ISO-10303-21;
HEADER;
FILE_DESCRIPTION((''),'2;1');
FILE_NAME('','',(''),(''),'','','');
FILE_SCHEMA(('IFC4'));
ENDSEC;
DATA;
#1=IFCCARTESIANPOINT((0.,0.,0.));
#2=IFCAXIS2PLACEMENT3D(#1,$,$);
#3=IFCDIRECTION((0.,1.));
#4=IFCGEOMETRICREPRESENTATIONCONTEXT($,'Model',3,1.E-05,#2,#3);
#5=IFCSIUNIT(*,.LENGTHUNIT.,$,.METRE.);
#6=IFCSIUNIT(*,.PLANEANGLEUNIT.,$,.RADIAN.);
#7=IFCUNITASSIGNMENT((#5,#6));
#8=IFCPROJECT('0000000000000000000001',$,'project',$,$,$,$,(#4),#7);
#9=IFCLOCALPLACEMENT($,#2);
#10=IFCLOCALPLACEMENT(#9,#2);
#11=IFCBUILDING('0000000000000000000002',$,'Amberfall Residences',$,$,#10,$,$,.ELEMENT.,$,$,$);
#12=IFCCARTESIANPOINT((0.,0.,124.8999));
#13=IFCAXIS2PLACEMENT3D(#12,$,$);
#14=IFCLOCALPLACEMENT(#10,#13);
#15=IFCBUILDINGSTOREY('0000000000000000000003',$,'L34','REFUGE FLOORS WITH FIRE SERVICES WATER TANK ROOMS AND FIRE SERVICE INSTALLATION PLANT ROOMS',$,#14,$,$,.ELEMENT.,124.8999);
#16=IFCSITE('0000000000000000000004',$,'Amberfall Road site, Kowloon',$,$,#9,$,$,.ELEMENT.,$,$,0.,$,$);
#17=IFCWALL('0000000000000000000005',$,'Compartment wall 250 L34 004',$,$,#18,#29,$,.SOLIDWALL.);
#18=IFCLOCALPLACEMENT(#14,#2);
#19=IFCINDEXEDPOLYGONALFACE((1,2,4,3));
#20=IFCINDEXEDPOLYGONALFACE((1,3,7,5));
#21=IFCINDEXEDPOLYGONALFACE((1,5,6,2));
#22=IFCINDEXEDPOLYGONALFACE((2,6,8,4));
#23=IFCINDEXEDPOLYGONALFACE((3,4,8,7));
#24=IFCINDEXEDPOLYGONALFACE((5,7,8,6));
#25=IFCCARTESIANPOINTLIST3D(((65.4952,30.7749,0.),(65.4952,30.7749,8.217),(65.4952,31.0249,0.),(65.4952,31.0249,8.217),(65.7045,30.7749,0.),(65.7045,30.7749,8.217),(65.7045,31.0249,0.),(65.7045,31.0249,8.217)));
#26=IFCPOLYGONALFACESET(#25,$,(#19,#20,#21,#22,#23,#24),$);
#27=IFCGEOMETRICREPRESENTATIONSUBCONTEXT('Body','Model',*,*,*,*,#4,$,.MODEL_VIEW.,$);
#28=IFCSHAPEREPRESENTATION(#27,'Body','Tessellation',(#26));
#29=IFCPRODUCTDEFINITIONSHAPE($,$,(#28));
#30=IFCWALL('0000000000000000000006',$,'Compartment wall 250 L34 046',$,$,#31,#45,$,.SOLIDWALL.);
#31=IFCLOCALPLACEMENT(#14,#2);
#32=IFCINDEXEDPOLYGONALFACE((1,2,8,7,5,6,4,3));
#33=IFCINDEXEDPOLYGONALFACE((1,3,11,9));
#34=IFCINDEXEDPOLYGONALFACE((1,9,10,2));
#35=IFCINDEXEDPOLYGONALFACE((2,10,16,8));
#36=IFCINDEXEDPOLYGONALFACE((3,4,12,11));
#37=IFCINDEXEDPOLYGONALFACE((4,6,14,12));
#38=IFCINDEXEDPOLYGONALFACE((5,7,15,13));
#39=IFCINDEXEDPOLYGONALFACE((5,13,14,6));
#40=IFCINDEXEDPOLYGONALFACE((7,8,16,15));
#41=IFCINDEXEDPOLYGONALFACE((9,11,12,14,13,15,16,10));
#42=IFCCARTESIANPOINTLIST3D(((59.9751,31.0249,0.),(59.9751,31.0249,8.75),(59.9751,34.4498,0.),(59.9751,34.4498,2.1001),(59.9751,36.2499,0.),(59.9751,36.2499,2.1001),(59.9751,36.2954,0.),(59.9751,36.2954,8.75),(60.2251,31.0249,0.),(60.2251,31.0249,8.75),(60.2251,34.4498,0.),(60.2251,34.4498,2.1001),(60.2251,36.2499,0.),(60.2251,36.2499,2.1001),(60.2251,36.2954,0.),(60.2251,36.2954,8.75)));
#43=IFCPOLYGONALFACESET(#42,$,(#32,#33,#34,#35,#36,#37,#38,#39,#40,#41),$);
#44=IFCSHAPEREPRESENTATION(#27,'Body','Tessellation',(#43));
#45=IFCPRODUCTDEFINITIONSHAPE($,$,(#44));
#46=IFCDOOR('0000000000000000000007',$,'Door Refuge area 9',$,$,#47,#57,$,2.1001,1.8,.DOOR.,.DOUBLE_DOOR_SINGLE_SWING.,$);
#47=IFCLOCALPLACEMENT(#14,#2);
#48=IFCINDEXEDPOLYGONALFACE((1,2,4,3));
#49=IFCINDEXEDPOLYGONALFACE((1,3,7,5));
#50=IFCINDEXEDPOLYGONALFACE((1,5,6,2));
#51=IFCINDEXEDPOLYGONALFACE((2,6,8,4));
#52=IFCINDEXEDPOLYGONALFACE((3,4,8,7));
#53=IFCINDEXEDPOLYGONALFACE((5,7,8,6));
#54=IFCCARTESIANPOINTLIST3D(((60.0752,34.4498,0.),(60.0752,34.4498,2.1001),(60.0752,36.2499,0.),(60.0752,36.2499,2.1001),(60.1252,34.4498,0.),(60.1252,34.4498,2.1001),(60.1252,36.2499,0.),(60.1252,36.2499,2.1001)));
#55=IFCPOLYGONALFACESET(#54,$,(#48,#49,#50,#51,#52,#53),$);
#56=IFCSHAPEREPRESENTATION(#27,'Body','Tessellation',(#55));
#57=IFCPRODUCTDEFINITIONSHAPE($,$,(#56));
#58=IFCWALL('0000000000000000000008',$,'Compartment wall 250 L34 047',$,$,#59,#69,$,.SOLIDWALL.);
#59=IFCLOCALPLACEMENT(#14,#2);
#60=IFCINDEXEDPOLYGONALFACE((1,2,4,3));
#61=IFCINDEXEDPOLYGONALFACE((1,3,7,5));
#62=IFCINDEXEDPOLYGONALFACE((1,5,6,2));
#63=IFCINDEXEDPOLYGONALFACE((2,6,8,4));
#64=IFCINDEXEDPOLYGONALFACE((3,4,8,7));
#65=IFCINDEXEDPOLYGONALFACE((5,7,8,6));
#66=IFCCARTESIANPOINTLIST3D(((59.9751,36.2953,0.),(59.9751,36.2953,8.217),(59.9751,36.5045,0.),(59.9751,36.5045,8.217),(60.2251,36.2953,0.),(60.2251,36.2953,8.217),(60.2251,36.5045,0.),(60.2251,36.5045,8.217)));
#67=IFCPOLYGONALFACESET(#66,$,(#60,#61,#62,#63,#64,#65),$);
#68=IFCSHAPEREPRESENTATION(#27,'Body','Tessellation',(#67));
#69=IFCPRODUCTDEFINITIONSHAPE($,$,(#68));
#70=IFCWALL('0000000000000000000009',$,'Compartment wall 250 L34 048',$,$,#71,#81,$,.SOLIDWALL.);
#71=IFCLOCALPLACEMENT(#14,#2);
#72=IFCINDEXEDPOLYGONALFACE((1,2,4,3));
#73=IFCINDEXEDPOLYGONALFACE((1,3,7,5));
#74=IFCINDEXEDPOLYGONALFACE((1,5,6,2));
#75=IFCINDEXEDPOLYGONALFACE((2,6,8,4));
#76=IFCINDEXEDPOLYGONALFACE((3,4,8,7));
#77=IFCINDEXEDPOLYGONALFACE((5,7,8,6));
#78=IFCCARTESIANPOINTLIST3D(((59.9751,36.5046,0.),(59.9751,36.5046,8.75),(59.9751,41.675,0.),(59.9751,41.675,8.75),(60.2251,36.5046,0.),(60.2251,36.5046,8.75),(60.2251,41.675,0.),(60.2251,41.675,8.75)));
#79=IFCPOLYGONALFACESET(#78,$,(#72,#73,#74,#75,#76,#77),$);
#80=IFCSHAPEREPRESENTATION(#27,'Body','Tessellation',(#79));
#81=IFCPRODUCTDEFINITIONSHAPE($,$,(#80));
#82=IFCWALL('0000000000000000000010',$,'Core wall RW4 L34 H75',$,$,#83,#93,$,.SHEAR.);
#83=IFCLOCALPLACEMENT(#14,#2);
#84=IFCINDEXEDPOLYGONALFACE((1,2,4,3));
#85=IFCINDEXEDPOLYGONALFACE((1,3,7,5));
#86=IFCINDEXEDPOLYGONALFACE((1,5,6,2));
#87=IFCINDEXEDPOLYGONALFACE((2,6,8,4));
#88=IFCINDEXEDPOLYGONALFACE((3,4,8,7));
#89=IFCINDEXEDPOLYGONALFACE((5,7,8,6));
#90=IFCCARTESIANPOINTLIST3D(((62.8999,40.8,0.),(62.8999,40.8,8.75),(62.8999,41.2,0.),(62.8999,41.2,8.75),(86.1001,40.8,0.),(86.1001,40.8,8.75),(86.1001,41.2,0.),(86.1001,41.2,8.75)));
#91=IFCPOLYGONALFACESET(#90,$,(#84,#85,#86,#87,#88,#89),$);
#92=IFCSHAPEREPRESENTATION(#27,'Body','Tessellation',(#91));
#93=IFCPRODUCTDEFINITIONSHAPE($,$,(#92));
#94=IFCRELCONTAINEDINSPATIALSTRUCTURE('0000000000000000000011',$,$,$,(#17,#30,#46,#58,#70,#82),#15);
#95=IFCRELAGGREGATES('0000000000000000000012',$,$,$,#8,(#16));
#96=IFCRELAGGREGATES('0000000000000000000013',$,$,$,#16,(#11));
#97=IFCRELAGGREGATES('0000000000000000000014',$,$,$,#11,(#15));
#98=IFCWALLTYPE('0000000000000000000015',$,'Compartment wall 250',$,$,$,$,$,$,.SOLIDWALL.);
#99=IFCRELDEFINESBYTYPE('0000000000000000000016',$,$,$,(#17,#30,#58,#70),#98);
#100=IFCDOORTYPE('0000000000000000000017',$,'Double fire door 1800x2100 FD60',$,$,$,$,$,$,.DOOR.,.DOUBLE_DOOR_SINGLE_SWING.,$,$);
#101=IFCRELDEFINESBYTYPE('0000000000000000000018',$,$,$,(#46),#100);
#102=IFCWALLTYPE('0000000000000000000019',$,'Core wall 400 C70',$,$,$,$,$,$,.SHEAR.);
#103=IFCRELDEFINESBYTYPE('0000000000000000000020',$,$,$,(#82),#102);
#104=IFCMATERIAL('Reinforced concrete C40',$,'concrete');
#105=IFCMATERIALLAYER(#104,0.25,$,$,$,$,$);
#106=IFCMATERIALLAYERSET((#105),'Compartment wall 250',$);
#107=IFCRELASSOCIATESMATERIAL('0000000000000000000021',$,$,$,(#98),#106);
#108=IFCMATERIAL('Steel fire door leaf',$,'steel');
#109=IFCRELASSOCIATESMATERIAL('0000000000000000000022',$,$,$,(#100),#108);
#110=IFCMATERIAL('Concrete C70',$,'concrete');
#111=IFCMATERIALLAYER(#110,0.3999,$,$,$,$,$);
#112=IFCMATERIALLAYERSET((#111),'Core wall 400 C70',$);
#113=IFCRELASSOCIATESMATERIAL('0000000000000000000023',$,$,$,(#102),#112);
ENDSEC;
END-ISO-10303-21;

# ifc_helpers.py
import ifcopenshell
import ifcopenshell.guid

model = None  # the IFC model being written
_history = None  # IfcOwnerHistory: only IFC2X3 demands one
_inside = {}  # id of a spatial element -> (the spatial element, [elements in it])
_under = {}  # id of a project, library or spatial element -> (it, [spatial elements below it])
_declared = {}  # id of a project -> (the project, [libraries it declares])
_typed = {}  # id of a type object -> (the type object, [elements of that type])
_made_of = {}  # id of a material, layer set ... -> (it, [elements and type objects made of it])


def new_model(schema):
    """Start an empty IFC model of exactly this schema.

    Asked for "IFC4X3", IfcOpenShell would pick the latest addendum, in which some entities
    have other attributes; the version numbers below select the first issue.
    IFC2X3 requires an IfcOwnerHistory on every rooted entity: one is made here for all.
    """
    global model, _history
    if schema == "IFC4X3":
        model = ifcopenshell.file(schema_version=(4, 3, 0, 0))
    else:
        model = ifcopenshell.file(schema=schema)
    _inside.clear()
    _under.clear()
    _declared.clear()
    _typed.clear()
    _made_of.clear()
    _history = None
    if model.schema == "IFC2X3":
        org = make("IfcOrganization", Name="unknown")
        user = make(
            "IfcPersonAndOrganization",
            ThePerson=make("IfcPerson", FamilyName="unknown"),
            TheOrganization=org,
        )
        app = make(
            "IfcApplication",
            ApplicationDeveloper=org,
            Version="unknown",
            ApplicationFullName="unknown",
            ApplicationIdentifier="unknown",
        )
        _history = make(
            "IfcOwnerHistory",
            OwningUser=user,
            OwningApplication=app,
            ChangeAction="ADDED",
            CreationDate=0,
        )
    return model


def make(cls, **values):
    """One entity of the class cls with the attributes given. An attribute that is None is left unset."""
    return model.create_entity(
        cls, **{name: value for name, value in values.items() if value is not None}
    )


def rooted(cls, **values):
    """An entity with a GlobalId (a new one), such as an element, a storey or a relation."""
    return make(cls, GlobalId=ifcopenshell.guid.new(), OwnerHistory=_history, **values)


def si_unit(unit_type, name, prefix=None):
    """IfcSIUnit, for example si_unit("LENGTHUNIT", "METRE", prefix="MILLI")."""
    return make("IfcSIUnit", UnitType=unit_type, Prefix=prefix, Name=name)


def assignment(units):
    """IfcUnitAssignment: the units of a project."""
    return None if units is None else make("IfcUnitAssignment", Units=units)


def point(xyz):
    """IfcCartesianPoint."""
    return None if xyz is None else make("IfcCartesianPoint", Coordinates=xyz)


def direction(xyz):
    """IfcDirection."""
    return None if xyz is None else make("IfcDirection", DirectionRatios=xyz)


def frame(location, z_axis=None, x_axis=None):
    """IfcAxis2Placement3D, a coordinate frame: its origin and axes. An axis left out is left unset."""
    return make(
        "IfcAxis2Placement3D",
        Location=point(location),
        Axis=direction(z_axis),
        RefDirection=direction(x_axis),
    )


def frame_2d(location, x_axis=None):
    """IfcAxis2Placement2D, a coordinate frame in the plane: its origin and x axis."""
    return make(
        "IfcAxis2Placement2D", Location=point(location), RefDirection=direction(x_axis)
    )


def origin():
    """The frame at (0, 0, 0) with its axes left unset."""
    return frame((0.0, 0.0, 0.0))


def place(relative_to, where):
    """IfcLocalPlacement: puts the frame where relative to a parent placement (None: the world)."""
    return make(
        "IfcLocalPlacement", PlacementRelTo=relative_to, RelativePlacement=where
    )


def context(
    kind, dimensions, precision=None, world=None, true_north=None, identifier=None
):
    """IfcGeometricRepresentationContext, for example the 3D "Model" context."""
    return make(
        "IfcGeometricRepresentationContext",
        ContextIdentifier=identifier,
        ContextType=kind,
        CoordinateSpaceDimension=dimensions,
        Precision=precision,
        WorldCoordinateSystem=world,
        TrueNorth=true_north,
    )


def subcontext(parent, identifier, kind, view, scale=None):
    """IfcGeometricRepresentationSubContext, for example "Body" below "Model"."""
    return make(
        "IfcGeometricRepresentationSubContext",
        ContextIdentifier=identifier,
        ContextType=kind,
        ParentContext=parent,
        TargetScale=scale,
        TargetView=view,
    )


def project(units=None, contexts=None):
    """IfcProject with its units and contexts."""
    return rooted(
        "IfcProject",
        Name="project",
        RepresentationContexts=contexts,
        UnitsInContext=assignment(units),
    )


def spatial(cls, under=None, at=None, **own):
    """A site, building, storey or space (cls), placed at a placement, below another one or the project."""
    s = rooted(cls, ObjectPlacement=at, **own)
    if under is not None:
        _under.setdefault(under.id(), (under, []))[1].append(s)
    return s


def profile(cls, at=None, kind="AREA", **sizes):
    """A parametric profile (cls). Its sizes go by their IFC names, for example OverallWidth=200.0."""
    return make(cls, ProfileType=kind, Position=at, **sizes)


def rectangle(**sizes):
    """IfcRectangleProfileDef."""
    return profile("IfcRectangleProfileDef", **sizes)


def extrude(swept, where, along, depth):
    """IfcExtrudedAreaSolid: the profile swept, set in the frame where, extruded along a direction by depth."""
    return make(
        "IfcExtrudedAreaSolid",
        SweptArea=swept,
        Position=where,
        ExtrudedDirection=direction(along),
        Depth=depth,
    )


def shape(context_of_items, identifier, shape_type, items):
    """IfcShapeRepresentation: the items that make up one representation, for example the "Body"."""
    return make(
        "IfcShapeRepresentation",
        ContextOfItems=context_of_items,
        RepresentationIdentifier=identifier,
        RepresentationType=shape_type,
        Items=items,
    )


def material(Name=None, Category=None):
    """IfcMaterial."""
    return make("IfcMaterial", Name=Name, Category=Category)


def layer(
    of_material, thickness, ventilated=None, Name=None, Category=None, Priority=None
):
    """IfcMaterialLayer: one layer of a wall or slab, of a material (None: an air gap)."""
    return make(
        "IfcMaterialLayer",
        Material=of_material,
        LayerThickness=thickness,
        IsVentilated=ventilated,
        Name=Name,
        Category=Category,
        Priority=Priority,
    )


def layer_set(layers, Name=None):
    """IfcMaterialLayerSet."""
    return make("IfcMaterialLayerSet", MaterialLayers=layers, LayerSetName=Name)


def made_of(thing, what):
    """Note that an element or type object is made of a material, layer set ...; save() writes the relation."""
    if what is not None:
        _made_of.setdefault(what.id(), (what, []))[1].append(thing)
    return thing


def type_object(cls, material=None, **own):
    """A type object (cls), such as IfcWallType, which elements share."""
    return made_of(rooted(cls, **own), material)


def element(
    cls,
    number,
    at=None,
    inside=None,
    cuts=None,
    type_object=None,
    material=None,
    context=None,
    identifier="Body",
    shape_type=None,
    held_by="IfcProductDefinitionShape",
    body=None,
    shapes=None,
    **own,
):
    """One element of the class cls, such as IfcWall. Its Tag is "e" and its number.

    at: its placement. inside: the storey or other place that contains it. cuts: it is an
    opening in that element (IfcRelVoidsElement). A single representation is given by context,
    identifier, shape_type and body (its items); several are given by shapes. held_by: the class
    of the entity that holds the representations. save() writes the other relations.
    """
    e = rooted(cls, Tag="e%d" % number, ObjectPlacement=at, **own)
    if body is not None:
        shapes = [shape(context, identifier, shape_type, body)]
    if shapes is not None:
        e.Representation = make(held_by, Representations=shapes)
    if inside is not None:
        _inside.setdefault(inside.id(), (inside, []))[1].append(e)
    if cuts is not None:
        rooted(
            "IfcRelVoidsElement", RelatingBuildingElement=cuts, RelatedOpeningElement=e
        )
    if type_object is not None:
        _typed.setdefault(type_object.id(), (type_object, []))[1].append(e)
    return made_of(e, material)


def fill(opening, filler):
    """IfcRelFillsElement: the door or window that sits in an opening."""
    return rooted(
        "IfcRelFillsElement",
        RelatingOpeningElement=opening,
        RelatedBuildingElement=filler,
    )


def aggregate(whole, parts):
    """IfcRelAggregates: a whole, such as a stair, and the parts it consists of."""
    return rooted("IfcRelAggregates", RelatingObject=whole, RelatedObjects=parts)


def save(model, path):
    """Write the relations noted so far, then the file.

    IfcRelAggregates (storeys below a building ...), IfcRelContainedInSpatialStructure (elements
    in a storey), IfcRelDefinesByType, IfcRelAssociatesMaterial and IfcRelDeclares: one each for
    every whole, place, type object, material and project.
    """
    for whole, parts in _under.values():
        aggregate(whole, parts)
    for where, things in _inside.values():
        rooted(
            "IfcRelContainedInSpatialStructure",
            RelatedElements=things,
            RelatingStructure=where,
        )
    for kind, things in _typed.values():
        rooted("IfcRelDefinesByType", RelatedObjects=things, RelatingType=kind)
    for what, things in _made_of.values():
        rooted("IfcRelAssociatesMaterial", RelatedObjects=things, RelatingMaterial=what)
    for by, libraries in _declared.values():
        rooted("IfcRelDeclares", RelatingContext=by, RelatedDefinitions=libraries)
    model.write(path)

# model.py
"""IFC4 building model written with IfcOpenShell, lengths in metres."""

from ifc_helpers import new_model, si_unit, direction, frame, frame_2d, origin, place, context, subcontext, project, spatial, rectangle, extrude, material, layer, layer_set, type_object, element, fill, save


model = new_model("IFC4")

# Units and contexts
model_context = context("Model", 3, precision=1e-05, world=origin(), true_north=direction((0.0, 1.0)))
body_context = subcontext(model_context, "Body", "Model", "MODEL_VIEW")
ifc_project = project(units=[si_unit("LENGTHUNIT", "METRE"), si_unit("PLANEANGLEUNIT", "RADIAN")], contexts=[model_context])

# Site, building, storey
site_placement = place(None, origin())
site = spatial("IfcSite", under=ifc_project, at=site_placement, Name="Amberfall Road site, Kowloon", CompositionType="ELEMENT", RefElevation=0.0)
building_placement = place(site_placement, origin())
building = spatial("IfcBuilding", under=site, at=building_placement, Name="Amberfall Residences", CompositionType="ELEMENT")
storey_placement = place(building_placement, frame((0.0, 0.0, 124.8999)))
storey = spatial("IfcBuildingStorey", under=building, at=storey_placement, Name="L34", Description="REFUGE FLOORS WITH FIRE SERVICES WATER TANK ROOMS AND FIRE SERVICE INSTALLATION PLANT ROOMS", CompositionType="ELEMENT", Elevation=124.8999)

# Wall
ifc_material_1 = material(Name="Reinforced concrete C40", Category="concrete")
ifc_layer_1 = layer(ifc_material_1, 0.25)
ifc_layer_set_1 = layer_set([ifc_layer_1], Name="Compartment wall 250")
wall_type_1 = type_object("IfcWallType", Name="Compartment wall 250", PredefinedType="SOLIDWALL", material=ifc_layer_set_1)
wall_1_placement = place(storey_placement, frame((65.4954, 30.8999, 0.0), z_axis=(0.0, 0.0, 1.0), x_axis=(1.0, 0.0, 0.0)))
element("IfcWall", 1, at=wall_1_placement, inside=storey, type_object=wall_type_1, Name="Compartment wall 250 L34 004", PredefinedType="SOLIDWALL", context=body_context, shape_type="SweptSolid", body=[
    extrude(rectangle(XDim=0.2092, YDim=0.25, at=frame_2d((0.1045, 0.0))), origin(), (0.0, 0.0, 1.0), 8.217),
])

# Wall, opening, door
wall_2_placement = place(storey_placement, frame((60.1001, 31.0249, 0.0), z_axis=(0.0, 0.0, 1.0), x_axis=(0.0, 1.0, 0.0)))
wall_2 = element("IfcWall", 2, at=wall_2_placement, inside=storey, type_object=wall_type_1, Name="Compartment wall 250 L34 046", PredefinedType="SOLIDWALL", context=body_context, shape_type="SweptSolid", body=[
    extrude(rectangle(XDim=5.2705, YDim=0.25, at=frame_2d((2.6353, 0.0))), origin(), (0.0, 0.0, 1.0), 8.75),
])
opening_1_placement = place(wall_2_placement, frame((3.425, 0.0, 0.0)))
opening_1 = element("IfcOpeningElement", 3, at=opening_1_placement, cuts=wall_2, PredefinedType="OPENING", context=body_context, shape_type="SweptSolid", body=[
    extrude(rectangle(XDim=1.8, YDim=2.1001, at=frame_2d((0.8999, 1.05))), frame((0.0, 0.135, 0.0), z_axis=(0.0, -1.0, 0.0), x_axis=(1.0, 0.0, 0.0)), (0.0, 0.0, 1.0), 0.27),
])
ifc_material_2 = material(Name="Steel fire door leaf", Category="steel")
door_type_1 = type_object("IfcDoorType", Name="Double fire door 1800x2100 FD60", OperationType="DOUBLE_DOOR_SINGLE_SWING", PredefinedType="DOOR", material=ifc_material_2)
door_1_placement = place(opening_1_placement, origin())
door_1 = element("IfcDoor", 4, at=door_1_placement, inside=storey, type_object=door_type_1, Name="Door Refuge area 9", OperationType="DOUBLE_DOOR_SINGLE_SWING", OverallHeight=2.1001, OverallWidth=1.8, PredefinedType="DOOR", context=body_context, shape_type="SweptSolid", body=[
    extrude(rectangle(XDim=1.8, YDim=2.1001, at=frame_2d((0.8999, 1.05))), frame((0.0, 0.0249, 0.0), z_axis=(0.0, -1.0, 0.0), x_axis=(1.0, 0.0, 0.0)), (0.0, 0.0, 1.0), 0.05),
])
fill(opening_1, door_1)

# Walls
wall_3_placement = place(storey_placement, frame((60.1001, 36.2954, 0.0), z_axis=(0.0, 0.0, 1.0), x_axis=(0.0, 1.0, 0.0)))
element("IfcWall", 5, at=wall_3_placement, inside=storey, type_object=wall_type_1, Name="Compartment wall 250 L34 047", PredefinedType="SOLIDWALL", context=body_context, shape_type="SweptSolid", body=[
    extrude(rectangle(XDim=0.2092, YDim=0.25, at=frame_2d((0.1045, 0.0))), origin(), (0.0, 0.0, 1.0), 8.217),
])
wall_4_placement = place(storey_placement, frame((60.1001, 36.5046, 0.0), z_axis=(0.0, 0.0, 1.0), x_axis=(0.0, 1.0, 0.0)))
element("IfcWall", 6, at=wall_4_placement, inside=storey, type_object=wall_type_1, Name="Compartment wall 250 L34 048", PredefinedType="SOLIDWALL", context=body_context, shape_type="SweptSolid", body=[
    extrude(rectangle(XDim=5.1704, YDim=0.25, at=frame_2d((2.5852, 0.0))), origin(), (0.0, 0.0, 1.0), 8.75),
])
ifc_material_3 = material(Name="Concrete C70", Category="concrete")
ifc_layer_2 = layer(ifc_material_3, 0.3999)
ifc_layer_set_2 = layer_set([ifc_layer_2], Name="Core wall 400 C70")
wall_type_2 = type_object("IfcWallType", Name="Core wall 400 C70", PredefinedType="SHEAR", material=ifc_layer_set_2)
wall_5_placement = place(storey_placement, frame((62.8999, 41.0, 0.0), z_axis=(0.0, 0.0, 1.0), x_axis=(1.0, 0.0, 0.0)))
element("IfcWall", 7, at=wall_5_placement, inside=storey, type_object=wall_type_2, Name="Core wall RW4 L34 H75", PredefinedType="SHEAR", context=body_context, shape_type="SweptSolid", body=[
    extrude(rectangle(XDim=23.2002, YDim=0.3999, at=frame_2d((11.6001, 0.0))), origin(), (0.0, 0.0, 1.0), 8.75),
])

save(model, "model.ifc")
